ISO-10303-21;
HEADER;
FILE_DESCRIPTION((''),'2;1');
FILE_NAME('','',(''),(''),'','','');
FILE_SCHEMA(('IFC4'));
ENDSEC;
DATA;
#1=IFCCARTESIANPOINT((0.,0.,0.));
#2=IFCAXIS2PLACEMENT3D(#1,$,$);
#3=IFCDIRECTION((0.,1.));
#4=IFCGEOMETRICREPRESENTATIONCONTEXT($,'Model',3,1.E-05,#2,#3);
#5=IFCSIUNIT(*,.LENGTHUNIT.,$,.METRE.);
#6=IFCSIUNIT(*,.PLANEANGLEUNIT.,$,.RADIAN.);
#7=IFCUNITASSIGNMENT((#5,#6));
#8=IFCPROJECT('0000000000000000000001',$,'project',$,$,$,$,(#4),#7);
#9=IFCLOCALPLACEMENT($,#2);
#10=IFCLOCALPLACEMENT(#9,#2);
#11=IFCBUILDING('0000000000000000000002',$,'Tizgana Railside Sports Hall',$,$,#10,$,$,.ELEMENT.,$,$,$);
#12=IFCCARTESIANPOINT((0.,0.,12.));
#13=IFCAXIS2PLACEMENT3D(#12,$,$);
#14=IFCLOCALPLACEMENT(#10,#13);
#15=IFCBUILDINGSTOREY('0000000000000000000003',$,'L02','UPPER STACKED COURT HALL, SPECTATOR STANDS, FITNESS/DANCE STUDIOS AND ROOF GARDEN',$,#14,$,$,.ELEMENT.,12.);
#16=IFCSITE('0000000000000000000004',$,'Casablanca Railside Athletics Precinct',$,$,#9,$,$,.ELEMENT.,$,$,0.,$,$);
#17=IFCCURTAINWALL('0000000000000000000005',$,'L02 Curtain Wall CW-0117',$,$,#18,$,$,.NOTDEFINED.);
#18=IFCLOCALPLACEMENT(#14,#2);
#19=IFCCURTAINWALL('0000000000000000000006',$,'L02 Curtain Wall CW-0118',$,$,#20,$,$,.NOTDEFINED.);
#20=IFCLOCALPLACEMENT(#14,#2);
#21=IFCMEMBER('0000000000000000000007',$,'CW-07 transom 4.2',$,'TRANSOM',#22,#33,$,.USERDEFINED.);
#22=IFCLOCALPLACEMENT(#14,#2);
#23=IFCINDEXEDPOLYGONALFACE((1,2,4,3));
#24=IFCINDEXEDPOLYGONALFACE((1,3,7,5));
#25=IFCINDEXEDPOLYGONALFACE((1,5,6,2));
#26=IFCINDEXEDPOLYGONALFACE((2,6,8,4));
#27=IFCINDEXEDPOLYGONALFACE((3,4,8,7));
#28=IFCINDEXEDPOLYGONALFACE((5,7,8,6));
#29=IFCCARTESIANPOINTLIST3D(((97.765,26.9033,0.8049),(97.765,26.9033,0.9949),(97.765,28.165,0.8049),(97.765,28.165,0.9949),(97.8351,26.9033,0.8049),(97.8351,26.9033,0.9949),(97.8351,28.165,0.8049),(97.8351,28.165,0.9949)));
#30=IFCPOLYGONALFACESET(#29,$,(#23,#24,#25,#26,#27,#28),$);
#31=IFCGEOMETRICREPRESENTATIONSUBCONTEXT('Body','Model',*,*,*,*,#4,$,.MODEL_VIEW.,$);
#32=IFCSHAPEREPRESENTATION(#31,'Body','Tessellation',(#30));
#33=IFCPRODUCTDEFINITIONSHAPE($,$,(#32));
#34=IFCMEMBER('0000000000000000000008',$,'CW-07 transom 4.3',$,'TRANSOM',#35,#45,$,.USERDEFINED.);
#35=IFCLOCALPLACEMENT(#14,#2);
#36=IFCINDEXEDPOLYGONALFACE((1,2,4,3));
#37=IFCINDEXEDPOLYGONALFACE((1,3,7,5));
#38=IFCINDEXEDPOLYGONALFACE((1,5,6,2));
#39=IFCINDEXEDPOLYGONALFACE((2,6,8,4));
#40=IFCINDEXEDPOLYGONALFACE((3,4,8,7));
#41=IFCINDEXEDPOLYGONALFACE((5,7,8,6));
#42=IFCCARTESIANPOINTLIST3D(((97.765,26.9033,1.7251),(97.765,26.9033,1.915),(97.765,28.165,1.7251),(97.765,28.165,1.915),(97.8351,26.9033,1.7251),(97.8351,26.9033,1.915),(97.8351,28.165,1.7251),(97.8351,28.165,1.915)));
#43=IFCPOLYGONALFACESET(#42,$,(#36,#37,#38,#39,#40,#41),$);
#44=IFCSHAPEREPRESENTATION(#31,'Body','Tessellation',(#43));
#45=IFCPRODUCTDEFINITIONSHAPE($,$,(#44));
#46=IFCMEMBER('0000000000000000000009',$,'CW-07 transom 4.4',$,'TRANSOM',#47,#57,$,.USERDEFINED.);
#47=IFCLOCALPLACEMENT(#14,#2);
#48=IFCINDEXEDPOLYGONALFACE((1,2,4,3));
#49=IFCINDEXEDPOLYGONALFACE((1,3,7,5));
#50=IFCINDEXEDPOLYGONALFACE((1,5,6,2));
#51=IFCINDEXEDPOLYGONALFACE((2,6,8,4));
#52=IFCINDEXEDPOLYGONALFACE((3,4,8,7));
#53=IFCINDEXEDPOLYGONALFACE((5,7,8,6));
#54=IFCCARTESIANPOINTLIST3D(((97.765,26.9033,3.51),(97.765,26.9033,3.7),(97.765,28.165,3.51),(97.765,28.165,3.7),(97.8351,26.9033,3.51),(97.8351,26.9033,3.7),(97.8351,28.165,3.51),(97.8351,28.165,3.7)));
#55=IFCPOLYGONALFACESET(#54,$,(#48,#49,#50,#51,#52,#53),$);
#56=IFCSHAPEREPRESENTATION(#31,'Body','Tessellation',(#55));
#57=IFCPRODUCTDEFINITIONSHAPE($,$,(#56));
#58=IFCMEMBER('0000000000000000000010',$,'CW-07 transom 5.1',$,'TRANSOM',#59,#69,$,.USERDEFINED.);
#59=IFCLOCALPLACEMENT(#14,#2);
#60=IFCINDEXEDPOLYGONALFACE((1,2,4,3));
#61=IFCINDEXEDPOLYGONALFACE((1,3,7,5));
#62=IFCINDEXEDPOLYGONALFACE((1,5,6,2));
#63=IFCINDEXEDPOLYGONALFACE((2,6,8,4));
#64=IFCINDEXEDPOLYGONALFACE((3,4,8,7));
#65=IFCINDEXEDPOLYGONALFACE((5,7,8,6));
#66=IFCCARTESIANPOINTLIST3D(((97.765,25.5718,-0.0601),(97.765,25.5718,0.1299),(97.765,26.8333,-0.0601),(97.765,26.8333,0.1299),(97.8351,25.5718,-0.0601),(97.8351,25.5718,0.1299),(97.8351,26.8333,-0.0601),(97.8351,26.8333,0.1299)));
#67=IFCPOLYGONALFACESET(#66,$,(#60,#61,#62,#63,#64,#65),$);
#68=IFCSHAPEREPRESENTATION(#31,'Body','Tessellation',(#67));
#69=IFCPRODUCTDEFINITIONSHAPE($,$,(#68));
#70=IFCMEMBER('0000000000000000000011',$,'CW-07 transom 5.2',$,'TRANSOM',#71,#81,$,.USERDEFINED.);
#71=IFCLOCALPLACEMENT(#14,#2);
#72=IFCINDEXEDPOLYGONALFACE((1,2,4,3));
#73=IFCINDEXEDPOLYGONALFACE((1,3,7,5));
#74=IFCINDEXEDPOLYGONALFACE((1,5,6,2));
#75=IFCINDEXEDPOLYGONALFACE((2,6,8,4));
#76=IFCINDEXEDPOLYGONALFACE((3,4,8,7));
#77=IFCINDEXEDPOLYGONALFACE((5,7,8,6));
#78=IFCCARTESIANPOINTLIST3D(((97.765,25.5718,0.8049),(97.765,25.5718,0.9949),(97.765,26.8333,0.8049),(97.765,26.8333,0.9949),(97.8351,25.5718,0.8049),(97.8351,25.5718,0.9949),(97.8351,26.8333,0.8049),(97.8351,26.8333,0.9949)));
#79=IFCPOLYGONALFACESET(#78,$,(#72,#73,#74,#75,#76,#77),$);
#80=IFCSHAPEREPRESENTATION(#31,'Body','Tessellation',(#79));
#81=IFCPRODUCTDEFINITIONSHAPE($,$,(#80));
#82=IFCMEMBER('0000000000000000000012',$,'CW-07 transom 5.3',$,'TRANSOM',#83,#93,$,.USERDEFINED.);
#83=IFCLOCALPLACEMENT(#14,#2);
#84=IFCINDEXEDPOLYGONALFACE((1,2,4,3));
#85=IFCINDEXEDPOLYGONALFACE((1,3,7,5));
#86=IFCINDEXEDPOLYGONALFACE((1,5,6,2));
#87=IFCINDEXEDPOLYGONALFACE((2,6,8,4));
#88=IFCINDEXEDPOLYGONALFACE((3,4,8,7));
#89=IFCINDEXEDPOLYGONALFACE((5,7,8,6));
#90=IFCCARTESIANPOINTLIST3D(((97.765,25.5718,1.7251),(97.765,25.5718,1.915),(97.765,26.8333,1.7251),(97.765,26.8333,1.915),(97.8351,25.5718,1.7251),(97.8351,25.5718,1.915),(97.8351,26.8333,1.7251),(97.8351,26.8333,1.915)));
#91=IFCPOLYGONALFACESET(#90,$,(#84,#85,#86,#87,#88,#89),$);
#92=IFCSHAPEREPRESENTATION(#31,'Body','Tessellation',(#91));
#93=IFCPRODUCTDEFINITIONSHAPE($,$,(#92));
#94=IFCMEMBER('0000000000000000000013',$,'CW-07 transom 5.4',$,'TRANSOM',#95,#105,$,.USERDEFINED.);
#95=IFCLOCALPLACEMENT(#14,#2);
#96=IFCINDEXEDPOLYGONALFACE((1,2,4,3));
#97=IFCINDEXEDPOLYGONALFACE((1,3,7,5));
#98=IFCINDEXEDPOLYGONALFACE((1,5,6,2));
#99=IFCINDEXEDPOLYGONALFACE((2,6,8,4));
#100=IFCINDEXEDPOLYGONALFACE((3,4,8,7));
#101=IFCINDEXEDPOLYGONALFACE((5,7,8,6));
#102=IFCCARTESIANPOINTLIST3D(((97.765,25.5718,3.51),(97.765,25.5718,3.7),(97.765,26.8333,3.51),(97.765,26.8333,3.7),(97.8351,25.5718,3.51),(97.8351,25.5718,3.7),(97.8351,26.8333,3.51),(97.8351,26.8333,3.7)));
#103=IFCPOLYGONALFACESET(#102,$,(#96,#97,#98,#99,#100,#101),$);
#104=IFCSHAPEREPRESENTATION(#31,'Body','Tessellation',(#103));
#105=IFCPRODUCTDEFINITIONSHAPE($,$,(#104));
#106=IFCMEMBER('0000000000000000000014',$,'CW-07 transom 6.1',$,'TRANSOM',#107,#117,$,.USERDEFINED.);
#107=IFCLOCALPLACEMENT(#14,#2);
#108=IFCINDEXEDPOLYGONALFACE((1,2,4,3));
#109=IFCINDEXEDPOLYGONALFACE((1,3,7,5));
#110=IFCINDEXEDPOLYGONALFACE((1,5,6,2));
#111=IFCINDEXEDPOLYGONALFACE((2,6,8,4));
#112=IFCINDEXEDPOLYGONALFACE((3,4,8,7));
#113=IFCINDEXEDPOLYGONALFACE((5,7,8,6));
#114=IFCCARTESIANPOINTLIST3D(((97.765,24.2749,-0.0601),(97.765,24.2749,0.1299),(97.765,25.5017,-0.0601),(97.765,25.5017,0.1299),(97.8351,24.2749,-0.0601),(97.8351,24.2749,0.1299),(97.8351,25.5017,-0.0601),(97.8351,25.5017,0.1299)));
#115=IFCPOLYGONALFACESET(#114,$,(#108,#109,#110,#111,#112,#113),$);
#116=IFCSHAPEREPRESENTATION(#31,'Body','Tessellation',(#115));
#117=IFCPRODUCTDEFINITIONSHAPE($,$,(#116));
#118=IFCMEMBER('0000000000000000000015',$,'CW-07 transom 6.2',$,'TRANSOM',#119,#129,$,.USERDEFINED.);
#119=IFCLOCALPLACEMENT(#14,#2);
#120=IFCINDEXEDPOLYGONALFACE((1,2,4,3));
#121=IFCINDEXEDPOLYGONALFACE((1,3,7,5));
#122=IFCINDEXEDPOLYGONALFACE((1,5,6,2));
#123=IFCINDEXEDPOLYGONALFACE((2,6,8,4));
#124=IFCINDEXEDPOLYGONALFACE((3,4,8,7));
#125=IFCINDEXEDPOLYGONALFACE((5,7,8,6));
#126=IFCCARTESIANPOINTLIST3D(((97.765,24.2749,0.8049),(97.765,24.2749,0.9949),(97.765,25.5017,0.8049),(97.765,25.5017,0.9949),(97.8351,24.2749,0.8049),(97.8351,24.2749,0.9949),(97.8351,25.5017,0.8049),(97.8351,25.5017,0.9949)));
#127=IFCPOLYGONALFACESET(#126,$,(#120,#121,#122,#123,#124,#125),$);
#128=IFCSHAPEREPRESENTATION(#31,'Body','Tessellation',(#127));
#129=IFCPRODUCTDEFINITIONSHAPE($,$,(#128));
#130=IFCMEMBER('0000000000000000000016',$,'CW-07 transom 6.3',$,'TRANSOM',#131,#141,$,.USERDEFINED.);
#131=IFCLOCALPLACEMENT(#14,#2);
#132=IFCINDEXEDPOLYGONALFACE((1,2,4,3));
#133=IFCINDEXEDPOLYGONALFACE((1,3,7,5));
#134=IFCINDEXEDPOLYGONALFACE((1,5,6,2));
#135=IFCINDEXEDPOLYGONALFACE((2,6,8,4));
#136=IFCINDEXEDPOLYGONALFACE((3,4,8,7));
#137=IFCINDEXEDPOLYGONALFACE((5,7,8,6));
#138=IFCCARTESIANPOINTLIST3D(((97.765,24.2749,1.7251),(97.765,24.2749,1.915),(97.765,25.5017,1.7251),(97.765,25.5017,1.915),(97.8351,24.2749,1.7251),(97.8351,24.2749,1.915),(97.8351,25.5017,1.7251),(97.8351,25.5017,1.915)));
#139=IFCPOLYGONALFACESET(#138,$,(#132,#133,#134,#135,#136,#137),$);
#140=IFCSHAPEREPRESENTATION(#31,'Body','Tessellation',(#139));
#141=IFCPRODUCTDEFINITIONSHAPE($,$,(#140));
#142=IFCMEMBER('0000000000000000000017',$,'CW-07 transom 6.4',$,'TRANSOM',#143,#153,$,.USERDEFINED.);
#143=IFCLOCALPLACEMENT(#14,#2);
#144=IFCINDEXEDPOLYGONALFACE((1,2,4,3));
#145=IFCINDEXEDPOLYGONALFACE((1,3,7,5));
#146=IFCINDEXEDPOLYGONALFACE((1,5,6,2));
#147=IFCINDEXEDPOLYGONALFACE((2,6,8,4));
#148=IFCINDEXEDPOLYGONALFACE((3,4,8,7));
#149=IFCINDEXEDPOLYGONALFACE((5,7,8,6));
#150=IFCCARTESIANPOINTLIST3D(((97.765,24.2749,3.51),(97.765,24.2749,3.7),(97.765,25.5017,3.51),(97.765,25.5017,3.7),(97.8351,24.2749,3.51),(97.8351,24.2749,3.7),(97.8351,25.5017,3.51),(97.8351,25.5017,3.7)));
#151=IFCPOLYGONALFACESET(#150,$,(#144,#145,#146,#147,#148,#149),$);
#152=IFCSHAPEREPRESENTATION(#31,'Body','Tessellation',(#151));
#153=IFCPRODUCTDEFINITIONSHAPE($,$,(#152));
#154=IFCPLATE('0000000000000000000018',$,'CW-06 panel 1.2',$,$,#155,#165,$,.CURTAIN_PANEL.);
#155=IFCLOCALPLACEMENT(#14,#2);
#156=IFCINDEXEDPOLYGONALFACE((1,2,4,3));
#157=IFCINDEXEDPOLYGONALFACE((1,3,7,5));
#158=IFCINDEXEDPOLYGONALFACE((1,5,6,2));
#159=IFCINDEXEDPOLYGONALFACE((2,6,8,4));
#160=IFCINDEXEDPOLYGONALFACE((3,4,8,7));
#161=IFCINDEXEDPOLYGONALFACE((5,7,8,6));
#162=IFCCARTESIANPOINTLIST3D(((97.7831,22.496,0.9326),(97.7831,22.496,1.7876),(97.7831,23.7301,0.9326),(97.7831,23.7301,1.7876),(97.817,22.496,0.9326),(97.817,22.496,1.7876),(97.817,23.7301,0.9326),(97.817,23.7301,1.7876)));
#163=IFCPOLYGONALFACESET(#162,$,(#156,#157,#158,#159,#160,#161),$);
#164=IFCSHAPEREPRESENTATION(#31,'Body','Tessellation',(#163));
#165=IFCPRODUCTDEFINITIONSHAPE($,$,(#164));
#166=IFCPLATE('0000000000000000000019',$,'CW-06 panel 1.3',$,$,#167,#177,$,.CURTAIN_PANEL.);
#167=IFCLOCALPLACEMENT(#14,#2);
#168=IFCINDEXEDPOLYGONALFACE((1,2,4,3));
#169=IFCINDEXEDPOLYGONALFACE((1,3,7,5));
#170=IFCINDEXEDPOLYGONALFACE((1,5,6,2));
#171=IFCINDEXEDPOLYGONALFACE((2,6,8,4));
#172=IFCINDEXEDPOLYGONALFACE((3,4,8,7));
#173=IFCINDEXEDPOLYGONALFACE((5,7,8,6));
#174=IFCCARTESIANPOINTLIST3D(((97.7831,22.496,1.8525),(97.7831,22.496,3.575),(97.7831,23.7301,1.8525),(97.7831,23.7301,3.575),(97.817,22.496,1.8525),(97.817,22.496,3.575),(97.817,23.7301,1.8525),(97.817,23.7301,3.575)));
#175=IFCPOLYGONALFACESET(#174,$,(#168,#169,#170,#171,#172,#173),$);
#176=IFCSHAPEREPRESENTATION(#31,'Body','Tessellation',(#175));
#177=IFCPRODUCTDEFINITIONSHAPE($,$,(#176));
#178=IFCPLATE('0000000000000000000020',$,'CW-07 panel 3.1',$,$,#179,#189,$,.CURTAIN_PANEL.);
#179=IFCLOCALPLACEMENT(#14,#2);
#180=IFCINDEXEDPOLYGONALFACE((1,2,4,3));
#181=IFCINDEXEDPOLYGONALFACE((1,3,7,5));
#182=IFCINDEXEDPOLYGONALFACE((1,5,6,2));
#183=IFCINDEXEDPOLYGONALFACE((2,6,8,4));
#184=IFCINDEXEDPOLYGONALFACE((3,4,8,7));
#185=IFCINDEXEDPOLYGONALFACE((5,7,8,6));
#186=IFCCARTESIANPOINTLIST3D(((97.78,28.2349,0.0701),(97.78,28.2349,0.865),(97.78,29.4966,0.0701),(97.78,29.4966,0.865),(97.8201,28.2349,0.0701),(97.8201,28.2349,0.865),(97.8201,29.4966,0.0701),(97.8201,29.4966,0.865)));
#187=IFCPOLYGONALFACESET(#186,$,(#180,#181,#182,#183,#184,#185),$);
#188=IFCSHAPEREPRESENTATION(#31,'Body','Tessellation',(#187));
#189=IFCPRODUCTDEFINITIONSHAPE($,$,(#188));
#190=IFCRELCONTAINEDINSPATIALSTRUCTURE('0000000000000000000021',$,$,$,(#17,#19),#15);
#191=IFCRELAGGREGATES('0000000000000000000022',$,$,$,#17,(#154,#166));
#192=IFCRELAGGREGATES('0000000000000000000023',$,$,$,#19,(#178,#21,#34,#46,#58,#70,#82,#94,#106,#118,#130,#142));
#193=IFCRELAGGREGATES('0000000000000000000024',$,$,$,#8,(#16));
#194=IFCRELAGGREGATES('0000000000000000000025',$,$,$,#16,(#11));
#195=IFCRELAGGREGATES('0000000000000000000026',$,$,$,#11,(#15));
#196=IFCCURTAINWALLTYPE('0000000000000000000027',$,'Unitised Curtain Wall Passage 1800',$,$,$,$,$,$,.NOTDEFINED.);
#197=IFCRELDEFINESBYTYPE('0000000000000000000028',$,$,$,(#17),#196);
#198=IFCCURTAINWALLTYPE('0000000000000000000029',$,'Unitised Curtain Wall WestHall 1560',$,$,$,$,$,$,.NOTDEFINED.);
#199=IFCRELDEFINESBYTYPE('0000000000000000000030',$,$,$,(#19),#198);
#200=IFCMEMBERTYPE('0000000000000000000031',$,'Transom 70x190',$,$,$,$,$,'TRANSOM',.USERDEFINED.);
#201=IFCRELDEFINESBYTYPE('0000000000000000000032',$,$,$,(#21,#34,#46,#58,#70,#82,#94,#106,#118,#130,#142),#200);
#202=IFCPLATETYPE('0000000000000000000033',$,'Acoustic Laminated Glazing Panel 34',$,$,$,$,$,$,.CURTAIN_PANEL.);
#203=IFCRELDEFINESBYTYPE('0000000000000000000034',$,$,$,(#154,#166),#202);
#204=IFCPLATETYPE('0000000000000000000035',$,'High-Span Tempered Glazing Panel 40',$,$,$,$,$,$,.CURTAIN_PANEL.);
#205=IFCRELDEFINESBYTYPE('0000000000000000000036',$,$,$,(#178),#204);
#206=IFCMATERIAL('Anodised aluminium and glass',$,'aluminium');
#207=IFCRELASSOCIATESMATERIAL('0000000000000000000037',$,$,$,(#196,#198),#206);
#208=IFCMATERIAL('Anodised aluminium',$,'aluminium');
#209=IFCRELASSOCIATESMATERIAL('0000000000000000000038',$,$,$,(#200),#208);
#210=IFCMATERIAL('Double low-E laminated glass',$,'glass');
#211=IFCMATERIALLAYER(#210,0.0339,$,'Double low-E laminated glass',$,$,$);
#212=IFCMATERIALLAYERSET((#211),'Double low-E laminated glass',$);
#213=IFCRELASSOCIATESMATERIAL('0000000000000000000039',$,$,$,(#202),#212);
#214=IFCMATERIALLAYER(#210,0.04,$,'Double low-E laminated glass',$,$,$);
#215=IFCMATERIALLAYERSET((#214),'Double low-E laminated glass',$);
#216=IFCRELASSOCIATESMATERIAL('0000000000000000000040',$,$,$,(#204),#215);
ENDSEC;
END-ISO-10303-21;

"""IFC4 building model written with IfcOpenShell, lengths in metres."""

from ifc_helpers import new_model, si_unit, direction, frame, origin, origin_2d, place, context, subcontext, project, spatial, rectangle, extrude, material, layer, layer_set, material_profile, profile_set, type_object, element, aggregate, save


model = new_model("IFC4")

# Units and contexts
model_context = context("Model", 3, precision=1e-05, world=origin(), true_north=direction((0.0, 1.0)))
body_context = subcontext(model_context, "Body", "Model", "MODEL_VIEW")
ifc_project = project(units=[si_unit("LENGTHUNIT", "METRE"), si_unit("PLANEANGLEUNIT", "RADIAN")], contexts=[model_context])

# Site, building, storey
site_placement = place(None, origin())
site = spatial("IfcSite", under=ifc_project, at=site_placement, Name="Casablanca Railside Athletics Precinct", CompositionType="ELEMENT", RefElevation=0.0)
building_placement = place(site_placement, origin())
building = spatial("IfcBuilding", under=site, at=building_placement, Name="Tizgana Railside Sports Hall", CompositionType="ELEMENT")
storey_placement = place(building_placement, frame((0.0, 0.0, 12.0)))
storey = spatial("IfcBuildingStorey", under=building, at=storey_placement, Name="L02", Description="UPPER STACKED COURT HALL, SPECTATOR STANDS, FITNESS/DANCE STUDIOS AND ROOF GARDEN", CompositionType="ELEMENT", Elevation=12.0)

# Curtain wall
ifc_material_1 = material(Name="Anodised aluminium and glass", Category="aluminium")
curtain_wall_type_1 = type_object("IfcCurtainWallType", Name="Unitised Curtain Wall Passage 1800", PredefinedType="NOTDEFINED", material=ifc_material_1)
curtain_wall_1_placement = place(storey_placement, origin())
curtain_wall_1 = element("IfcCurtainWall", 1, at=curtain_wall_1_placement, inside=storey, type_object=curtain_wall_type_1, Name="L02 Curtain Wall CW-0117", PredefinedType="NOTDEFINED")
ifc_material_2 = material(Name="Anodised aluminium", Category="aluminium")

# Curtain wall
curtain_wall_type_2 = type_object("IfcCurtainWallType", Name="Unitised Curtain Wall WestHall 1560", PredefinedType="NOTDEFINED", material=ifc_material_1)
curtain_wall_2_placement = place(storey_placement, origin())
curtain_wall_2 = element("IfcCurtainWall", 2, at=curtain_wall_2_placement, inside=storey, type_object=curtain_wall_type_2, Name="L02 Curtain Wall CW-0118", PredefinedType="NOTDEFINED")

# Members
ifc_material_profile_1 = material_profile(ifc_material_2, rectangle(XDim=0.0701, YDim=0.1899, at=origin_2d()), Name="Transom 70x190")
ifc_profile_set_1 = profile_set([ifc_material_profile_1], Name="Anodised aluminium")
member_type_1 = type_object("IfcMemberType", Name="Transom 70x190", ElementType="TRANSOM", PredefinedType="USERDEFINED", material=ifc_profile_set_1)
member_1_placement = place(storey_placement, frame((97.8, 28.165, 0.8999), z_axis=(0.0, -1.0, 0.0), x_axis=(1.0, 0.0, 0.0)))
member_1 = element("IfcMember", 3, at=member_1_placement, type_object=member_type_1, Name="CW-07 transom 4.2", ObjectType="TRANSOM", PredefinedType="USERDEFINED", context=body_context, shape_type="SweptSolid", body=[
    extrude(rectangle(XDim=0.0701, YDim=0.1899, at=origin_2d()), origin(), (0.0, 0.0, 1.0), 1.2617),
])
member_2_placement = place(storey_placement, frame((97.8, 28.165, 1.8201), z_axis=(0.0, -1.0, 0.0), x_axis=(1.0, 0.0, 0.0)))
member_2 = element("IfcMember", 4, at=member_2_placement, type_object=member_type_1, Name="CW-07 transom 4.3", ObjectType="TRANSOM", PredefinedType="USERDEFINED", context=body_context, shape_type="SweptSolid", body=[
    extrude(rectangle(XDim=0.0701, YDim=0.1899, at=origin_2d()), origin(), (0.0, 0.0, 1.0), 1.2617),
])
member_3_placement = place(storey_placement, frame((97.8, 28.165, 3.605), z_axis=(0.0, -1.0, 0.0), x_axis=(1.0, 0.0, 0.0)))
member_3 = element("IfcMember", 5, at=member_3_placement, type_object=member_type_1, Name="CW-07 transom 4.4", ObjectType="TRANSOM", PredefinedType="USERDEFINED", context=body_context, shape_type="SweptSolid", body=[
    extrude(rectangle(XDim=0.0701, YDim=0.1899, at=origin_2d()), origin(), (0.0, 0.0, 1.0), 1.2617),
])
member_4_placement = place(storey_placement, frame((97.8, 26.8333, 0.0349), z_axis=(0.0, -1.0, 0.0), x_axis=(1.0, 0.0, 0.0)))
member_4 = element("IfcMember", 6, at=member_4_placement, type_object=member_type_1, Name="CW-07 transom 5.1", ObjectType="TRANSOM", PredefinedType="USERDEFINED", context=body_context, shape_type="SweptSolid", body=[
    extrude(rectangle(XDim=0.0701, YDim=0.1899, at=origin_2d()), origin(), (0.0, 0.0, 1.0), 1.2615),
])
member_5_placement = place(storey_placement, frame((97.8, 26.8333, 0.8999), z_axis=(0.0, -1.0, 0.0), x_axis=(1.0, 0.0, 0.0)))
member_5 = element("IfcMember", 7, at=member_5_placement, type_object=member_type_1, Name="CW-07 transom 5.2", ObjectType="TRANSOM", PredefinedType="USERDEFINED", context=body_context, shape_type="SweptSolid", body=[
    extrude(rectangle(XDim=0.0701, YDim=0.1899, at=origin_2d()), origin(), (0.0, 0.0, 1.0), 1.2615),
])
member_6_placement = place(storey_placement, frame((97.8, 26.8333, 1.8201), z_axis=(0.0, -1.0, 0.0), x_axis=(1.0, 0.0, 0.0)))
member_6 = element("IfcMember", 8, at=member_6_placement, type_object=member_type_1, Name="CW-07 transom 5.3", ObjectType="TRANSOM", PredefinedType="USERDEFINED", context=body_context, shape_type="SweptSolid", body=[
    extrude(rectangle(XDim=0.0701, YDim=0.1899, at=origin_2d()), origin(), (0.0, 0.0, 1.0), 1.2615),
])
member_7_placement = place(storey_placement, frame((97.8, 26.8333, 3.605), z_axis=(0.0, -1.0, 0.0), x_axis=(1.0, 0.0, 0.0)))
member_7 = element("IfcMember", 9, at=member_7_placement, type_object=member_type_1, Name="CW-07 transom 5.4", ObjectType="TRANSOM", PredefinedType="USERDEFINED", context=body_context, shape_type="SweptSolid", body=[
    extrude(rectangle(XDim=0.0701, YDim=0.1899, at=origin_2d()), origin(), (0.0, 0.0, 1.0), 1.2615),
])
member_8_placement = place(storey_placement, frame((97.8, 25.5017, 0.0349), z_axis=(0.0, -1.0, 0.0), x_axis=(1.0, 0.0, 0.0)))
member_8 = element("IfcMember", 10, at=member_8_placement, type_object=member_type_1, Name="CW-07 transom 6.1", ObjectType="TRANSOM", PredefinedType="USERDEFINED", context=body_context, shape_type="SweptSolid", body=[
    extrude(rectangle(XDim=0.0701, YDim=0.1899, at=origin_2d()), origin(), (0.0, 0.0, 1.0), 1.2268),
])
member_9_placement = place(storey_placement, frame((97.8, 25.5017, 0.8999), z_axis=(0.0, -1.0, 0.0), x_axis=(1.0, 0.0, 0.0)))
member_9 = element("IfcMember", 11, at=member_9_placement, type_object=member_type_1, Name="CW-07 transom 6.2", ObjectType="TRANSOM", PredefinedType="USERDEFINED", context=body_context, shape_type="SweptSolid", body=[
    extrude(rectangle(XDim=0.0701, YDim=0.1899, at=origin_2d()), origin(), (0.0, 0.0, 1.0), 1.2268),
])
member_10_placement = place(storey_placement, frame((97.8, 25.5017, 1.8201), z_axis=(0.0, -1.0, 0.0), x_axis=(1.0, 0.0, 0.0)))
member_10 = element("IfcMember", 12, at=member_10_placement, type_object=member_type_1, Name="CW-07 transom 6.3", ObjectType="TRANSOM", PredefinedType="USERDEFINED", context=body_context, shape_type="SweptSolid", body=[
    extrude(rectangle(XDim=0.0701, YDim=0.1899, at=origin_2d()), origin(), (0.0, 0.0, 1.0), 1.2268),
])
member_11_placement = place(storey_placement, frame((97.8, 25.5017, 3.605), z_axis=(0.0, -1.0, 0.0), x_axis=(1.0, 0.0, 0.0)))
member_11 = element("IfcMember", 13, at=member_11_placement, type_object=member_type_1, Name="CW-07 transom 6.4", ObjectType="TRANSOM", PredefinedType="USERDEFINED", context=body_context, shape_type="SweptSolid", body=[
    extrude(rectangle(XDim=0.0701, YDim=0.1899, at=origin_2d()), origin(), (0.0, 0.0, 1.0), 1.2268),
])

# Plates
ifc_material_3 = material(Name="Double low-E laminated glass", Category="glass")
ifc_layer_1 = layer(ifc_material_3, 0.0339, Name="Double low-E laminated glass")
ifc_layer_set_1 = layer_set([ifc_layer_1], Name="Double low-E laminated glass")
plate_type_1 = type_object("IfcPlateType", Name="Acoustic Laminated Glazing Panel 34", PredefinedType="CURTAIN_PANEL", material=ifc_layer_set_1)
plate_1_placement = place(storey_placement, frame((97.8, 23.113, 0.9326), z_axis=(0.0, 0.0, 1.0), x_axis=(0.0, -1.0, 0.0)))
plate_1 = element("IfcPlate", 14, at=plate_1_placement, type_object=plate_type_1, Name="CW-06 panel 1.2", PredefinedType="CURTAIN_PANEL", context=body_context, shape_type="SweptSolid", body=[
    extrude(rectangle(XDim=1.2341, YDim=0.0339, at=origin_2d()), origin(), (0.0, 0.0, 1.0), 0.855),
])
plate_2_placement = place(storey_placement, frame((97.8, 23.113, 1.8525), z_axis=(0.0, 0.0, 1.0), x_axis=(0.0, -1.0, 0.0)))
plate_2 = element("IfcPlate", 15, at=plate_2_placement, type_object=plate_type_1, Name="CW-06 panel 1.3", PredefinedType="CURTAIN_PANEL", context=body_context, shape_type="SweptSolid", body=[
    extrude(rectangle(XDim=1.2341, YDim=0.0339, at=origin_2d()), origin(), (0.0, 0.0, 1.0), 1.7224),
])
aggregate(curtain_wall_1, [plate_1, plate_2])
ifc_layer_2 = layer(ifc_material_3, 0.04, Name="Double low-E laminated glass")
ifc_layer_set_2 = layer_set([ifc_layer_2], Name="Double low-E laminated glass")
plate_type_2 = type_object("IfcPlateType", Name="High-Span Tempered Glazing Panel 40", PredefinedType="CURTAIN_PANEL", material=ifc_layer_set_2)
plate_3_placement = place(storey_placement, frame((97.8, 28.8657, 0.0701), z_axis=(0.0, 0.0, 1.0), x_axis=(0.0, -1.0, 0.0)))
plate_3 = element("IfcPlate", 16, at=plate_3_placement, type_object=plate_type_2, Name="CW-07 panel 3.1", PredefinedType="CURTAIN_PANEL", context=body_context, shape_type="SweptSolid", body=[
    extrude(rectangle(XDim=1.2617, YDim=0.04, at=origin_2d()), origin(), (0.0, 0.0, 1.0), 0.7949),
])
aggregate(curtain_wall_2, [plate_3, member_1, member_2, member_3, member_4, member_5, member_6, member_7, member_8, member_9, member_10, member_11])

save(model, "model.ifc")
